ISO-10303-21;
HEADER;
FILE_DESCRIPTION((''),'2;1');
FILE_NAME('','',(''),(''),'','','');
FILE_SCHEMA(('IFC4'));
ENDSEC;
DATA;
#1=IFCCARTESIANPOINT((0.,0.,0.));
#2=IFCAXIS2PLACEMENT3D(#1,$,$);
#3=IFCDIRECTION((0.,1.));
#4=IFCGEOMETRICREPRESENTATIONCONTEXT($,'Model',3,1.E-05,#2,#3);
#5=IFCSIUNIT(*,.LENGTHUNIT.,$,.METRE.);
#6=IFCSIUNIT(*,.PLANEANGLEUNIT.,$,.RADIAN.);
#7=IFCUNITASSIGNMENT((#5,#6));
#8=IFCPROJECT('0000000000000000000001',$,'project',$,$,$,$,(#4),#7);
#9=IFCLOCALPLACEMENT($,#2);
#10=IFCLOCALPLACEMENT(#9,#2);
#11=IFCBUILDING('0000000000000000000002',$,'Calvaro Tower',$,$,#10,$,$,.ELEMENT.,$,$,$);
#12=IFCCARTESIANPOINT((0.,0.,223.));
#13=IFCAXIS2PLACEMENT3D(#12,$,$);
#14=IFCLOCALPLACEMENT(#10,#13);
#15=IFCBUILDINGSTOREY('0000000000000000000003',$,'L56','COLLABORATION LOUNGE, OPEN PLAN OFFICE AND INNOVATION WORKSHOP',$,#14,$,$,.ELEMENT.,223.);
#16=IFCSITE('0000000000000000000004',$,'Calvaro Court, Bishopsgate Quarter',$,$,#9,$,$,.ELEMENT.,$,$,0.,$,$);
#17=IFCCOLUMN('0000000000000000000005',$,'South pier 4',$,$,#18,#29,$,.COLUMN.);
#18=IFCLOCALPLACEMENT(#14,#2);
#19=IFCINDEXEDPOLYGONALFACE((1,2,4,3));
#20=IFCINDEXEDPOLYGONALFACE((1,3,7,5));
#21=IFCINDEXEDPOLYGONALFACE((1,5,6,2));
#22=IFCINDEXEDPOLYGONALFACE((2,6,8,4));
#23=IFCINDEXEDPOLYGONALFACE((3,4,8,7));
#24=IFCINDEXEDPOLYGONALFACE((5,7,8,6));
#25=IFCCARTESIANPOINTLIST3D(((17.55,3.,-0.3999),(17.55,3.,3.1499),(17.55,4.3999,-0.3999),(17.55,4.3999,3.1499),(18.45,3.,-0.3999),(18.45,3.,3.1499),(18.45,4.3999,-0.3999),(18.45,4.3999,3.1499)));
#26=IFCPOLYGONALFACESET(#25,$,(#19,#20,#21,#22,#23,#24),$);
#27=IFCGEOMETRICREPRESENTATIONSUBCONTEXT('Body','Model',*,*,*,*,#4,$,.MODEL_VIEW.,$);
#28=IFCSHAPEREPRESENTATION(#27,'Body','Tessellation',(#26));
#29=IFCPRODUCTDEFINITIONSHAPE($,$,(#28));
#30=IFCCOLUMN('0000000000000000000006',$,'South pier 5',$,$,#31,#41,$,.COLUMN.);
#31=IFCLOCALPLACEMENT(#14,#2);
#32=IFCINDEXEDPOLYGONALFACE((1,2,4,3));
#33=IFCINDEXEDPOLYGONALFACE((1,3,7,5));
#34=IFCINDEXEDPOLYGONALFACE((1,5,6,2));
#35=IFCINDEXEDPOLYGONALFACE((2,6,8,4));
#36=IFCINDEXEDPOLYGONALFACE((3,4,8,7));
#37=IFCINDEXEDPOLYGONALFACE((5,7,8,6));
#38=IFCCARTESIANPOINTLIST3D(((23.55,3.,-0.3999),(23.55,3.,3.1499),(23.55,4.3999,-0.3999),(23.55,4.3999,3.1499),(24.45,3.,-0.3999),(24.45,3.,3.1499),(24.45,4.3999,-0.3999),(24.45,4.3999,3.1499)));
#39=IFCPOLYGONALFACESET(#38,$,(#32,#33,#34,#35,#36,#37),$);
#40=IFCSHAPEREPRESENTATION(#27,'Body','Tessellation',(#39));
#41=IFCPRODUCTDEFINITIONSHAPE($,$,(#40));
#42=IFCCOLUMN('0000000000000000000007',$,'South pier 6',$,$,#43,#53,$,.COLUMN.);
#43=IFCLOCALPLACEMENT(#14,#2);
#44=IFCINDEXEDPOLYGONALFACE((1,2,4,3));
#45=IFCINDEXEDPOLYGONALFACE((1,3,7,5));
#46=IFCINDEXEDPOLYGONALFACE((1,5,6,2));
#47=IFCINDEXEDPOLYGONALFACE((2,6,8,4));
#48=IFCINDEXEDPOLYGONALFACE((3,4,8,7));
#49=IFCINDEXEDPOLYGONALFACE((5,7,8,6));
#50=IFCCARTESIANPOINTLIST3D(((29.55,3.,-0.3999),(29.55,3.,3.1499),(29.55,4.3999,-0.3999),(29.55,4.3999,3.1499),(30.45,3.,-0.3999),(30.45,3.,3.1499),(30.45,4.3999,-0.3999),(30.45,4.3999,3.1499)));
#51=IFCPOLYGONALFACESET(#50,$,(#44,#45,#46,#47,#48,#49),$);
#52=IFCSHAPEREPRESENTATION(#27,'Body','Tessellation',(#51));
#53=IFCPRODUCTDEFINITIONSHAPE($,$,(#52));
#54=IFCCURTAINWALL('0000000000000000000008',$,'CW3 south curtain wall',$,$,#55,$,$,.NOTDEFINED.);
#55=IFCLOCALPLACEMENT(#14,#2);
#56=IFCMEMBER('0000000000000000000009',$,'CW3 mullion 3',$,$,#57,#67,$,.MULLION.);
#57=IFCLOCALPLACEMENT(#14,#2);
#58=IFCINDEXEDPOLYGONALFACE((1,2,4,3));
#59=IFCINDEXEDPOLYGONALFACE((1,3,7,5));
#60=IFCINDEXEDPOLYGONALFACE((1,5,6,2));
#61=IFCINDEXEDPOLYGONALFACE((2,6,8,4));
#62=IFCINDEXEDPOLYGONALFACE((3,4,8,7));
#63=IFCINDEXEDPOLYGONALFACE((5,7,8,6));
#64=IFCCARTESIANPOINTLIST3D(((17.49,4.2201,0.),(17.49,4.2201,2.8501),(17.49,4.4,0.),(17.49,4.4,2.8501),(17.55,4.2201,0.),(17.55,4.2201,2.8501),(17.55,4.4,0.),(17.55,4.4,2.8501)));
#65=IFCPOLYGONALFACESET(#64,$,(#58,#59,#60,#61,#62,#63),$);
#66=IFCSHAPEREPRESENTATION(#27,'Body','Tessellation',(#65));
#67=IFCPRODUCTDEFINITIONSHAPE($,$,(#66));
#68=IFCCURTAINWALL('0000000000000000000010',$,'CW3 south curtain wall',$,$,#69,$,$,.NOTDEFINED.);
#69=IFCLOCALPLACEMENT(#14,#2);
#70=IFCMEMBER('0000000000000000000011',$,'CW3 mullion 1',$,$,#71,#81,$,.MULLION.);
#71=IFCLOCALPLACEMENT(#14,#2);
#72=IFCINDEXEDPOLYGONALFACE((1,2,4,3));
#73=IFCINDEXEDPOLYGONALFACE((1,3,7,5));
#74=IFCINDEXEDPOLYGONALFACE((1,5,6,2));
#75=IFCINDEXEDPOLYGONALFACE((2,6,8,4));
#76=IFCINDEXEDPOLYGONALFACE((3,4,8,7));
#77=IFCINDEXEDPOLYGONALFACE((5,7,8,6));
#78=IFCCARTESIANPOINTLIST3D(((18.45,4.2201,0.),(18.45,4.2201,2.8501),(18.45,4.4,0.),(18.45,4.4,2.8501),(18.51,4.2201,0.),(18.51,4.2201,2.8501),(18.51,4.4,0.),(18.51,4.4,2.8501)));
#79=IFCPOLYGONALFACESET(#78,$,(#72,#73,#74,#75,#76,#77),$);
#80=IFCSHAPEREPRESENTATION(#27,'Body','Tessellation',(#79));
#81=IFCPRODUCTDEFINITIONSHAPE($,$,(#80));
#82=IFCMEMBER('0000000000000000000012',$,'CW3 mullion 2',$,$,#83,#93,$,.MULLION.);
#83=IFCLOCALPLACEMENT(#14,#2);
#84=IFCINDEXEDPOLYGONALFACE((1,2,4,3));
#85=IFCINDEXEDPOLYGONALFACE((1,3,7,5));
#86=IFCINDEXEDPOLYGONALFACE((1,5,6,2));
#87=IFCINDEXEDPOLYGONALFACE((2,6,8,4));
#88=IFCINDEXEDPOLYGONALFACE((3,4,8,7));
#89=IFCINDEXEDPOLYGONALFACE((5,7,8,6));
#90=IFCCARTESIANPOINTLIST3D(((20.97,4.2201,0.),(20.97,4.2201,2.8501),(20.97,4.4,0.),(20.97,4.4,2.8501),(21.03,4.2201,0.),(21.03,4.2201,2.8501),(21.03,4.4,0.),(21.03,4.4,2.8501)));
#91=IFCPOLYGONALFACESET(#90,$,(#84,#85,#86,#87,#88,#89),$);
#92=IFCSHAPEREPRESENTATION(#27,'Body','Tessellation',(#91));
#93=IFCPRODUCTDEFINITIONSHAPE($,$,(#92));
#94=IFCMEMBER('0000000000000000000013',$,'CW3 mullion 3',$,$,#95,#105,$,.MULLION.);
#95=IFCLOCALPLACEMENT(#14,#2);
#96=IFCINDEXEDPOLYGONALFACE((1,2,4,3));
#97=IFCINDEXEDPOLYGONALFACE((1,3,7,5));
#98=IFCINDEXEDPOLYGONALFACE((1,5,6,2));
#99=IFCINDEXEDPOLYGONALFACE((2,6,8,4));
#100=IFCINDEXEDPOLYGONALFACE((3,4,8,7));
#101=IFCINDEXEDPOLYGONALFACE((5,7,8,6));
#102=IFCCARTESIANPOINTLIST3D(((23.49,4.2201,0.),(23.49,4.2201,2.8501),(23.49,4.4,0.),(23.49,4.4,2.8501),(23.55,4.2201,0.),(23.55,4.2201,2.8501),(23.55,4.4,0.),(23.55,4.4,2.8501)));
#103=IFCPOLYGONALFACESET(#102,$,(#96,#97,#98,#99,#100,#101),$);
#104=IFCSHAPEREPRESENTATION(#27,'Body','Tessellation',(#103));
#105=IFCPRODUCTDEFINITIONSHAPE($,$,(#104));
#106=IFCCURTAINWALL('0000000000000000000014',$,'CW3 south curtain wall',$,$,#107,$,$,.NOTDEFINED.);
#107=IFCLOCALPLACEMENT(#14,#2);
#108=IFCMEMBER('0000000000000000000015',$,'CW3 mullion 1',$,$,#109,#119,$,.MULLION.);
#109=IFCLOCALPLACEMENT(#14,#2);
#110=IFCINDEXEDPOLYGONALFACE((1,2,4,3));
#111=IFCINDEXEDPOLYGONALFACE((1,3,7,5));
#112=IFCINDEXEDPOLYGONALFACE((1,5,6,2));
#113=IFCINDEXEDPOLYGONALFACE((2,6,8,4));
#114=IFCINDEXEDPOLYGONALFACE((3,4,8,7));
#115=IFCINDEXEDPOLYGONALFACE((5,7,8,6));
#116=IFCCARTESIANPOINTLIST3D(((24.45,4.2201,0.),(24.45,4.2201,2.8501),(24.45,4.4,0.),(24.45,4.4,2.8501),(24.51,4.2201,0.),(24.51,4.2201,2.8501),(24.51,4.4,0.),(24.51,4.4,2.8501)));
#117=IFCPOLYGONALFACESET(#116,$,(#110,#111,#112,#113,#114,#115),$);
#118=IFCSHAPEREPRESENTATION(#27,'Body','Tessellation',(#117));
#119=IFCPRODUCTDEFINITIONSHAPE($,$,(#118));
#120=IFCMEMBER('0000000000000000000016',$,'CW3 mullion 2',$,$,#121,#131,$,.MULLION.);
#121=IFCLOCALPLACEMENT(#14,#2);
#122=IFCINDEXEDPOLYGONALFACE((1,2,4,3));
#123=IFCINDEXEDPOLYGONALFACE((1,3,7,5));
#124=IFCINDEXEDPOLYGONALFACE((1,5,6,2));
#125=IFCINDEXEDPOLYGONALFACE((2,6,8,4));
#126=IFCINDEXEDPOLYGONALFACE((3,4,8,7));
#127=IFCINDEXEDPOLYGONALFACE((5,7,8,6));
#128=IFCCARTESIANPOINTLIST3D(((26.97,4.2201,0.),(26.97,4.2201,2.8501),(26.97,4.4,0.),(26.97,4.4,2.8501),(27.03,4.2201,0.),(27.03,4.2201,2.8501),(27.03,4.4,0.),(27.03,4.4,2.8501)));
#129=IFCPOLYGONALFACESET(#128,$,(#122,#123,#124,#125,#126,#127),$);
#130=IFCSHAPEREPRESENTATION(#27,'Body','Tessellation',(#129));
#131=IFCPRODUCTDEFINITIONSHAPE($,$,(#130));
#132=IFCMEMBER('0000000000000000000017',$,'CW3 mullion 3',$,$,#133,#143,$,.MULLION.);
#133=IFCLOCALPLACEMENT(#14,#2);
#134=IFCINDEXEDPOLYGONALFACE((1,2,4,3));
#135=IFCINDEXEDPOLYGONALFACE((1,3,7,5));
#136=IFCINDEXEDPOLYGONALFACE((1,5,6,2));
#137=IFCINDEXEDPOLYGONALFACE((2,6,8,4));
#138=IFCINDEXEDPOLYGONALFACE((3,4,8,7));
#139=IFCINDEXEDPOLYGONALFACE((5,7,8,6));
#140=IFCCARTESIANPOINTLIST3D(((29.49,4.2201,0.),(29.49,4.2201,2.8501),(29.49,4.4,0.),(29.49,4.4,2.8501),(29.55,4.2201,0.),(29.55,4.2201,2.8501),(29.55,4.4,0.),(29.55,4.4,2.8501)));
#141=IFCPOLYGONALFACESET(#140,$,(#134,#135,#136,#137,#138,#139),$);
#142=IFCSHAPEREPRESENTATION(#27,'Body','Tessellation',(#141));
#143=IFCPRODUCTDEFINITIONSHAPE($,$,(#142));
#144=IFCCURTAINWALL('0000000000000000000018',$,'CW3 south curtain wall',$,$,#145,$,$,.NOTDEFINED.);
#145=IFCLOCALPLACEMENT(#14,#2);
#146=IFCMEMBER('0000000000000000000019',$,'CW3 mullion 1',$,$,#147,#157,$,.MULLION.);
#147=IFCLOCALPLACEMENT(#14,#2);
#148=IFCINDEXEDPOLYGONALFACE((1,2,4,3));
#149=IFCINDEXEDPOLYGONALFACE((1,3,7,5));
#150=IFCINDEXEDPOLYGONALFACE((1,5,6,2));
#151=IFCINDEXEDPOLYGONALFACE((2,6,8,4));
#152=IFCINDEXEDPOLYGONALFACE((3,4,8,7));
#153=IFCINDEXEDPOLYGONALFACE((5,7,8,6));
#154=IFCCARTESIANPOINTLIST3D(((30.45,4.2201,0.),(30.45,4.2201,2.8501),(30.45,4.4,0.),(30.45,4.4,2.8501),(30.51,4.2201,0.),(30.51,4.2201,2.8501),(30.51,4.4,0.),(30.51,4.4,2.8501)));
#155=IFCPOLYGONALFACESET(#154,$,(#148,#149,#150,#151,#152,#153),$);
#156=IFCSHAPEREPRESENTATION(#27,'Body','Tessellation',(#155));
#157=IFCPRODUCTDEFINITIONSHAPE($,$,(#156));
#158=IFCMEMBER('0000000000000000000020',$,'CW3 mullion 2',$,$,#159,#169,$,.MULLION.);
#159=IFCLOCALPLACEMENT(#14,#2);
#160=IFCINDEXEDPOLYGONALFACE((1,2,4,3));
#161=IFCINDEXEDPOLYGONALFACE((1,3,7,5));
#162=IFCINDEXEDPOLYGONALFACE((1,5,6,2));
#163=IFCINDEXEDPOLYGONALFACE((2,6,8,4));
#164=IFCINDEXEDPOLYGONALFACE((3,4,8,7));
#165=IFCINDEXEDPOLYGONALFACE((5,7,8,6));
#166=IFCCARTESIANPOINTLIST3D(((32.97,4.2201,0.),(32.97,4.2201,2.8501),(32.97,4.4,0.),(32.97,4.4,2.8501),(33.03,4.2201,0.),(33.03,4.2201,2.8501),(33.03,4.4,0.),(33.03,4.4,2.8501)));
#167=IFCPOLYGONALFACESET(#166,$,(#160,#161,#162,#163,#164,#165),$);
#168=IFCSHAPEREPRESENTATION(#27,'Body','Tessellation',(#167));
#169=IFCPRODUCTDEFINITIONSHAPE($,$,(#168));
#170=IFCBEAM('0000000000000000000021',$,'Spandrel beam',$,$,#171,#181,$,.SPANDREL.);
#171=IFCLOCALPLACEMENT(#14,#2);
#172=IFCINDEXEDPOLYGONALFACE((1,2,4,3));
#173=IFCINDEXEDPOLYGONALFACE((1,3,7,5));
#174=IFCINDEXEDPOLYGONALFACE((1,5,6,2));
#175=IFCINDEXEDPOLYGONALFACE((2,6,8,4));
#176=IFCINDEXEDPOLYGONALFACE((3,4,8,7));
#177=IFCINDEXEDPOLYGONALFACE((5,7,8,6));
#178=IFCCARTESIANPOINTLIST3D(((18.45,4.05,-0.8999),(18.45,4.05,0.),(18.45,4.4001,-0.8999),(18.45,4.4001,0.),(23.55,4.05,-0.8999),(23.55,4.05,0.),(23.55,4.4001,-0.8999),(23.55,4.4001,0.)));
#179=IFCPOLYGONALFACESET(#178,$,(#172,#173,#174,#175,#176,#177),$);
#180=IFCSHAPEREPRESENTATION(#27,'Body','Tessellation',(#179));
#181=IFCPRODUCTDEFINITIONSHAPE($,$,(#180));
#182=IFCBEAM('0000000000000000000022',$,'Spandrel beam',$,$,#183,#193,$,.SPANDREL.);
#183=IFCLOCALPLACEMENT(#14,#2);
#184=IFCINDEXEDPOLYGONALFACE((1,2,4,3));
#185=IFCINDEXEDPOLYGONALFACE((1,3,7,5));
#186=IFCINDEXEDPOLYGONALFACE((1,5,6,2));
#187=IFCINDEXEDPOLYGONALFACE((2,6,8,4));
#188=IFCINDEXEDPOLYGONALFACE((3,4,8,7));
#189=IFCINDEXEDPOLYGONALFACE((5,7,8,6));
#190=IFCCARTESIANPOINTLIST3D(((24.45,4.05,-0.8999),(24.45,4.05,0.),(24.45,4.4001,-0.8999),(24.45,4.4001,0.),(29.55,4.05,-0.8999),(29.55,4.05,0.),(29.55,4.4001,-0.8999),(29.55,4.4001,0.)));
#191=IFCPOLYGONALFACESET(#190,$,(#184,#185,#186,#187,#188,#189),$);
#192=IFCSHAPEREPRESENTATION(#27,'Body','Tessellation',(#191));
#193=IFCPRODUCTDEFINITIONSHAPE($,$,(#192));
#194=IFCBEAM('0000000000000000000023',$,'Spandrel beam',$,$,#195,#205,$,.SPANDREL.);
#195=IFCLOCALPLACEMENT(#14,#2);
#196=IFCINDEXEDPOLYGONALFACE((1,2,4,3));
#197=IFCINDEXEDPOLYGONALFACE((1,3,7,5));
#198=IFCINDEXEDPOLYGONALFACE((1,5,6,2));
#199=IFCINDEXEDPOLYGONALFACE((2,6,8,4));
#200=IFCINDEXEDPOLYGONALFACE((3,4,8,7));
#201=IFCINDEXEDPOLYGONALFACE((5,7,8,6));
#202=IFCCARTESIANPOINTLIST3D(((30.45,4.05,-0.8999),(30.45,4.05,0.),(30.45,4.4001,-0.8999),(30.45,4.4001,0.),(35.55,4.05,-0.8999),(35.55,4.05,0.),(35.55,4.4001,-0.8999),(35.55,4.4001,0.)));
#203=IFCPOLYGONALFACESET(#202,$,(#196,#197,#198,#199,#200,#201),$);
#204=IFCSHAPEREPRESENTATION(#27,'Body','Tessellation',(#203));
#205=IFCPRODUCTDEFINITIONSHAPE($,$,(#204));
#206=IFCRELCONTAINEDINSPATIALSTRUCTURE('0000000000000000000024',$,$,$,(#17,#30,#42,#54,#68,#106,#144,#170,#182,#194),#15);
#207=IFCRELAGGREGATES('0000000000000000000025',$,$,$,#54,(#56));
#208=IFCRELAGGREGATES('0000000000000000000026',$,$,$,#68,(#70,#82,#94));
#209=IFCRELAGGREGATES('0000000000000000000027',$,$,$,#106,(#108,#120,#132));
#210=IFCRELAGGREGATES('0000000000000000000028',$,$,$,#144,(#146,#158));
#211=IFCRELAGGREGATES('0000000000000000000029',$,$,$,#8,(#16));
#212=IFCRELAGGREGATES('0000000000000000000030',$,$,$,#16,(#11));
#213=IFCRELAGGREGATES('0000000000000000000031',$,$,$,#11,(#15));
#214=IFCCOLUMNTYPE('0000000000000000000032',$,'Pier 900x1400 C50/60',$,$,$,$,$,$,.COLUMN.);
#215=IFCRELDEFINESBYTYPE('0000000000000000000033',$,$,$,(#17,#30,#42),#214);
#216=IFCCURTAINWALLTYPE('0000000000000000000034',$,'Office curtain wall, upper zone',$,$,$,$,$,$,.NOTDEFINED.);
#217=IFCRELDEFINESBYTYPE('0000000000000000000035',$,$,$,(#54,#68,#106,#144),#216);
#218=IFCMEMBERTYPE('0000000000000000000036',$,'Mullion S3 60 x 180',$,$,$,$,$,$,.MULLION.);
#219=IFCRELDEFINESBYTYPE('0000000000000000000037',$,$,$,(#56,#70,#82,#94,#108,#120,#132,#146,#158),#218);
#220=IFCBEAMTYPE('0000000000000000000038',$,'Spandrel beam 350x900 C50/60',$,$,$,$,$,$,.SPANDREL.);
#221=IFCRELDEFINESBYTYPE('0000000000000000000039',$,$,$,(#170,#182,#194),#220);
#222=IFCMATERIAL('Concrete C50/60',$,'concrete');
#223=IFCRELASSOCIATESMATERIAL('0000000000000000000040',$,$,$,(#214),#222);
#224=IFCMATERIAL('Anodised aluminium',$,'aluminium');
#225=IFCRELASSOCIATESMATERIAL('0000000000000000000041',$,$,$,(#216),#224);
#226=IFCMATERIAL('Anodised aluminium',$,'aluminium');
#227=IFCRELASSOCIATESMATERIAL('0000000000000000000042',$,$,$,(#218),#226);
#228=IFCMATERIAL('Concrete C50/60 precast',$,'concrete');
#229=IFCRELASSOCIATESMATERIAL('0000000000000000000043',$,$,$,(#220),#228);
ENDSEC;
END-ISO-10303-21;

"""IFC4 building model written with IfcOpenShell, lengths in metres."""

from ifc_helpers import new_model, si_unit, direction, frame, origin, origin_2d, place, context, subcontext, project, spatial, rectangle, extrude, material, material_profile, profile_set, type_object, element, aggregate, save


model = new_model("IFC4")

# Units and contexts
model_context = context("Model", 3, precision=1e-05, world=origin(), true_north=direction((0.0, 1.0)))
body_context = subcontext(model_context, "Body", "Model", "MODEL_VIEW")
ifc_project = project(units=[si_unit("LENGTHUNIT", "METRE"), si_unit("PLANEANGLEUNIT", "RADIAN")], contexts=[model_context])

# Site, building, storey
site_placement = place(None, origin())
site = spatial("IfcSite", under=ifc_project, at=site_placement, Name="Calvaro Court, Bishopsgate Quarter", CompositionType="ELEMENT", RefElevation=0.0)
building_placement = place(site_placement, origin())
building = spatial("IfcBuilding", under=site, at=building_placement, Name="Calvaro Tower", CompositionType="ELEMENT")
storey_placement = place(building_placement, frame((0.0, 0.0, 223.0)))
storey = spatial("IfcBuildingStorey", under=building, at=storey_placement, Name="L56", Description="COLLABORATION LOUNGE, OPEN PLAN OFFICE AND INNOVATION WORKSHOP", CompositionType="ELEMENT", Elevation=223.0)

# Columns
ifc_material_1 = material(Name="Concrete C50/60", Category="concrete")
ifc_material_profile_1 = material_profile(ifc_material_1, rectangle(XDim=0.8999, YDim=1.3999, at=origin_2d()), Name="RC 900x1400")
ifc_profile_set_1 = profile_set([ifc_material_profile_1], Name="Concrete C50/60")
column_type = type_object("IfcColumnType", Name="Pier 900x1400 C50/60", PredefinedType="COLUMN", material=ifc_profile_set_1)
for number, where, z_axis, x_axis, name in (
    (1, (18.0, 3.7, -0.3999), (0.0, 0.0, 1.0), (1.0, 0.0, 0.0), "South pier 4"),
    (2, (24.0, 3.7, -0.3999), (0.0, 0.0, 1.0), (1.0, 0.0, 0.0), "South pier 5"),
    (3, (30.0, 3.7, -0.3999), (0.0, 0.0, 1.0), (1.0, 0.0, 0.0), "South pier 6"),
):
    element("IfcColumn", number, at=place(storey_placement, frame(where, z_axis=z_axis, x_axis=x_axis)), inside=storey, type_object=column_type, Name=name, PredefinedType="COLUMN", context=body_context, shape_type="SweptSolid", body=[
        extrude(rectangle(XDim=0.8999, YDim=1.3999, at=origin_2d()), origin(), (0.0, 0.0, 1.0), 3.5498),
    ])

# Curtain wall, member
ifc_material_2 = material(Name="Anodised aluminium", Category="aluminium")
curtain_wall_type = type_object("IfcCurtainWallType", Name="Office curtain wall, upper zone", PredefinedType="NOTDEFINED", material=ifc_material_2)
curtain_wall_1_placement = place(storey_placement, origin())
curtain_wall_1 = element("IfcCurtainWall", 4, at=curtain_wall_1_placement, inside=storey, type_object=curtain_wall_type, Name="CW3 south curtain wall", PredefinedType="NOTDEFINED")
ifc_material_3 = material(Name="Anodised aluminium", Category="aluminium")
ifc_material_profile_2 = material_profile(ifc_material_3, rectangle(XDim=0.1799, YDim=0.0601, at=origin_2d()), Name="Mullion S3 60 x 180")
ifc_profile_set_2 = profile_set([ifc_material_profile_2], Name="Anodised aluminium")
member_type_1 = type_object("IfcMemberType", Name="Mullion S3 60 x 180", PredefinedType="MULLION", material=ifc_profile_set_2)
member_1_placement = place(storey_placement, frame((17.52, 4.3101, 0.0), z_axis=(0.0, 0.0, 1.0), x_axis=(0.0, 1.0, 0.0)))
member_1 = element("IfcMember", 5, at=member_1_placement, type_object=member_type_1, Name="CW3 mullion 3", PredefinedType="MULLION", context=body_context, shape_type="SweptSolid", body=[
    extrude(rectangle(XDim=0.1799, YDim=0.0601, at=origin_2d()), origin(), (0.0, 0.0, 1.0), 2.8501),
])
aggregate(curtain_wall_1, [member_1])

# Curtain walls, members
curtain_wall_2_placement = place(storey_placement, origin())
curtain_wall_2 = element("IfcCurtainWall", 6, at=curtain_wall_2_placement, inside=storey, type_object=curtain_wall_type, Name="CW3 south curtain wall", PredefinedType="NOTDEFINED")
member_2_placement = place(storey_placement, frame((18.48, 4.3101, 0.0), z_axis=(0.0, 0.0, 1.0), x_axis=(0.0, 1.0, 0.0)))
member_2 = element("IfcMember", 7, at=member_2_placement, type_object=member_type_1, Name="CW3 mullion 1", PredefinedType="MULLION", context=body_context, shape_type="SweptSolid", body=[
    extrude(rectangle(XDim=0.1799, YDim=0.0601, at=origin_2d()), origin(), (0.0, 0.0, 1.0), 2.8501),
])
member_3_placement = place(storey_placement, frame((21.0, 4.3101, 0.0), z_axis=(0.0, 0.0, 1.0), x_axis=(0.0, 1.0, 0.0)))
member_3 = element("IfcMember", 8, at=member_3_placement, type_object=member_type_1, Name="CW3 mullion 2", PredefinedType="MULLION", context=body_context, shape_type="SweptSolid", body=[
    extrude(rectangle(XDim=0.1799, YDim=0.0601, at=origin_2d()), origin(), (0.0, 0.0, 1.0), 2.8501),
])
member_4_placement = place(storey_placement, frame((23.52, 4.3101, 0.0), z_axis=(0.0, 0.0, 1.0), x_axis=(0.0, 1.0, 0.0)))
member_4 = element("IfcMember", 9, at=member_4_placement, type_object=member_type_1, Name="CW3 mullion 3", PredefinedType="MULLION", context=body_context, shape_type="SweptSolid", body=[
    extrude(rectangle(XDim=0.1799, YDim=0.0601, at=origin_2d()), origin(), (0.0, 0.0, 1.0), 2.8501),
])
curtain_wall_3_placement = place(storey_placement, origin())
curtain_wall_3 = element("IfcCurtainWall", 10, at=curtain_wall_3_placement, inside=storey, type_object=curtain_wall_type, Name="CW3 south curtain wall", PredefinedType="NOTDEFINED")
member_5_placement = place(storey_placement, frame((24.48, 4.3101, 0.0), z_axis=(0.0, 0.0, 1.0), x_axis=(0.0, 1.0, 0.0)))
member_5 = element("IfcMember", 11, at=member_5_placement, type_object=member_type_1, Name="CW3 mullion 1", PredefinedType="MULLION", context=body_context, shape_type="SweptSolid", body=[
    extrude(rectangle(XDim=0.1799, YDim=0.0601, at=origin_2d()), origin(), (0.0, 0.0, 1.0), 2.8501),
])
member_6_placement = place(storey_placement, frame((27.0, 4.3101, 0.0), z_axis=(0.0, 0.0, 1.0), x_axis=(0.0, 1.0, 0.0)))
member_6 = element("IfcMember", 12, at=member_6_placement, type_object=member_type_1, Name="CW3 mullion 2", PredefinedType="MULLION", context=body_context, shape_type="SweptSolid", body=[
    extrude(rectangle(XDim=0.1799, YDim=0.0601, at=origin_2d()), origin(), (0.0, 0.0, 1.0), 2.8501),
])
member_7_placement = place(storey_placement, frame((29.52, 4.3101, 0.0), z_axis=(0.0, 0.0, 1.0), x_axis=(0.0, 1.0, 0.0)))
member_7 = element("IfcMember", 13, at=member_7_placement, type_object=member_type_1, Name="CW3 mullion 3", PredefinedType="MULLION", context=body_context, shape_type="SweptSolid", body=[
    extrude(rectangle(XDim=0.1799, YDim=0.0601, at=origin_2d()), origin(), (0.0, 0.0, 1.0), 2.8501),
])
curtain_wall_4_placement = place(storey_placement, origin())
curtain_wall_4 = element("IfcCurtainWall", 14, at=curtain_wall_4_placement, inside=storey, type_object=curtain_wall_type, Name="CW3 south curtain wall", PredefinedType="NOTDEFINED")
member_8_placement = place(storey_placement, frame((30.48, 4.3101, 0.0), z_axis=(0.0, 0.0, 1.0), x_axis=(0.0, 1.0, 0.0)))
member_8 = element("IfcMember", 15, at=member_8_placement, type_object=member_type_1, Name="CW3 mullion 1", PredefinedType="MULLION", context=body_context, shape_type="SweptSolid", body=[
    extrude(rectangle(XDim=0.1799, YDim=0.0601, at=origin_2d()), origin(), (0.0, 0.0, 1.0), 2.8501),
])
member_9_placement = place(storey_placement, frame((33.0, 4.3101, 0.0), z_axis=(0.0, 0.0, 1.0), x_axis=(0.0, 1.0, 0.0)))
member_9 = element("IfcMember", 16, at=member_9_placement, type_object=member_type_1, Name="CW3 mullion 2", PredefinedType="MULLION", context=body_context, shape_type="SweptSolid", body=[
    extrude(rectangle(XDim=0.1799, YDim=0.0601, at=origin_2d()), origin(), (0.0, 0.0, 1.0), 2.8501),
])

# Beams
ifc_material_4 = material(Name="Concrete C50/60 precast", Category="concrete")
ifc_material_profile_3 = material_profile(ifc_material_4, rectangle(XDim=0.3501, YDim=0.8999, at=origin_2d()), Name="RC 350x900")
ifc_profile_set_3 = profile_set([ifc_material_profile_3], Name="Concrete C50/60 precast")
beam_type = type_object("IfcBeamType", Name="Spandrel beam 350x900 C50/60", PredefinedType="SPANDREL", material=ifc_profile_set_3)
for number, where, z_axis, x_axis, name in (
    (17, (18.45, 4.2251, -0.45), (1.0, 0.0, 0.0), (0.0, 1.0, 0.0), "Spandrel beam"),
    (18, (24.45, 4.2251, -0.45), (1.0, 0.0, 0.0), (0.0, 1.0, 0.0), "Spandrel beam"),
    (19, (30.45, 4.2251, -0.45), (1.0, 0.0, 0.0), (0.0, 1.0, 0.0), "Spandrel beam"),
):
    element("IfcBeam", number, at=place(storey_placement, frame(where, z_axis=z_axis, x_axis=x_axis)), inside=storey, type_object=beam_type, Name=name, PredefinedType="SPANDREL", context=body_context, shape_type="SweptSolid", body=[
        extrude(rectangle(XDim=0.3501, YDim=0.8999, at=origin_2d()), origin(), (0.0, 0.0, 1.0), 5.1001),
    ])

aggregate(curtain_wall_2, [member_2, member_3, member_4])
aggregate(curtain_wall_3, [member_5, member_6, member_7])
aggregate(curtain_wall_4, [member_8, member_9])

save(model, "model.ifc")
